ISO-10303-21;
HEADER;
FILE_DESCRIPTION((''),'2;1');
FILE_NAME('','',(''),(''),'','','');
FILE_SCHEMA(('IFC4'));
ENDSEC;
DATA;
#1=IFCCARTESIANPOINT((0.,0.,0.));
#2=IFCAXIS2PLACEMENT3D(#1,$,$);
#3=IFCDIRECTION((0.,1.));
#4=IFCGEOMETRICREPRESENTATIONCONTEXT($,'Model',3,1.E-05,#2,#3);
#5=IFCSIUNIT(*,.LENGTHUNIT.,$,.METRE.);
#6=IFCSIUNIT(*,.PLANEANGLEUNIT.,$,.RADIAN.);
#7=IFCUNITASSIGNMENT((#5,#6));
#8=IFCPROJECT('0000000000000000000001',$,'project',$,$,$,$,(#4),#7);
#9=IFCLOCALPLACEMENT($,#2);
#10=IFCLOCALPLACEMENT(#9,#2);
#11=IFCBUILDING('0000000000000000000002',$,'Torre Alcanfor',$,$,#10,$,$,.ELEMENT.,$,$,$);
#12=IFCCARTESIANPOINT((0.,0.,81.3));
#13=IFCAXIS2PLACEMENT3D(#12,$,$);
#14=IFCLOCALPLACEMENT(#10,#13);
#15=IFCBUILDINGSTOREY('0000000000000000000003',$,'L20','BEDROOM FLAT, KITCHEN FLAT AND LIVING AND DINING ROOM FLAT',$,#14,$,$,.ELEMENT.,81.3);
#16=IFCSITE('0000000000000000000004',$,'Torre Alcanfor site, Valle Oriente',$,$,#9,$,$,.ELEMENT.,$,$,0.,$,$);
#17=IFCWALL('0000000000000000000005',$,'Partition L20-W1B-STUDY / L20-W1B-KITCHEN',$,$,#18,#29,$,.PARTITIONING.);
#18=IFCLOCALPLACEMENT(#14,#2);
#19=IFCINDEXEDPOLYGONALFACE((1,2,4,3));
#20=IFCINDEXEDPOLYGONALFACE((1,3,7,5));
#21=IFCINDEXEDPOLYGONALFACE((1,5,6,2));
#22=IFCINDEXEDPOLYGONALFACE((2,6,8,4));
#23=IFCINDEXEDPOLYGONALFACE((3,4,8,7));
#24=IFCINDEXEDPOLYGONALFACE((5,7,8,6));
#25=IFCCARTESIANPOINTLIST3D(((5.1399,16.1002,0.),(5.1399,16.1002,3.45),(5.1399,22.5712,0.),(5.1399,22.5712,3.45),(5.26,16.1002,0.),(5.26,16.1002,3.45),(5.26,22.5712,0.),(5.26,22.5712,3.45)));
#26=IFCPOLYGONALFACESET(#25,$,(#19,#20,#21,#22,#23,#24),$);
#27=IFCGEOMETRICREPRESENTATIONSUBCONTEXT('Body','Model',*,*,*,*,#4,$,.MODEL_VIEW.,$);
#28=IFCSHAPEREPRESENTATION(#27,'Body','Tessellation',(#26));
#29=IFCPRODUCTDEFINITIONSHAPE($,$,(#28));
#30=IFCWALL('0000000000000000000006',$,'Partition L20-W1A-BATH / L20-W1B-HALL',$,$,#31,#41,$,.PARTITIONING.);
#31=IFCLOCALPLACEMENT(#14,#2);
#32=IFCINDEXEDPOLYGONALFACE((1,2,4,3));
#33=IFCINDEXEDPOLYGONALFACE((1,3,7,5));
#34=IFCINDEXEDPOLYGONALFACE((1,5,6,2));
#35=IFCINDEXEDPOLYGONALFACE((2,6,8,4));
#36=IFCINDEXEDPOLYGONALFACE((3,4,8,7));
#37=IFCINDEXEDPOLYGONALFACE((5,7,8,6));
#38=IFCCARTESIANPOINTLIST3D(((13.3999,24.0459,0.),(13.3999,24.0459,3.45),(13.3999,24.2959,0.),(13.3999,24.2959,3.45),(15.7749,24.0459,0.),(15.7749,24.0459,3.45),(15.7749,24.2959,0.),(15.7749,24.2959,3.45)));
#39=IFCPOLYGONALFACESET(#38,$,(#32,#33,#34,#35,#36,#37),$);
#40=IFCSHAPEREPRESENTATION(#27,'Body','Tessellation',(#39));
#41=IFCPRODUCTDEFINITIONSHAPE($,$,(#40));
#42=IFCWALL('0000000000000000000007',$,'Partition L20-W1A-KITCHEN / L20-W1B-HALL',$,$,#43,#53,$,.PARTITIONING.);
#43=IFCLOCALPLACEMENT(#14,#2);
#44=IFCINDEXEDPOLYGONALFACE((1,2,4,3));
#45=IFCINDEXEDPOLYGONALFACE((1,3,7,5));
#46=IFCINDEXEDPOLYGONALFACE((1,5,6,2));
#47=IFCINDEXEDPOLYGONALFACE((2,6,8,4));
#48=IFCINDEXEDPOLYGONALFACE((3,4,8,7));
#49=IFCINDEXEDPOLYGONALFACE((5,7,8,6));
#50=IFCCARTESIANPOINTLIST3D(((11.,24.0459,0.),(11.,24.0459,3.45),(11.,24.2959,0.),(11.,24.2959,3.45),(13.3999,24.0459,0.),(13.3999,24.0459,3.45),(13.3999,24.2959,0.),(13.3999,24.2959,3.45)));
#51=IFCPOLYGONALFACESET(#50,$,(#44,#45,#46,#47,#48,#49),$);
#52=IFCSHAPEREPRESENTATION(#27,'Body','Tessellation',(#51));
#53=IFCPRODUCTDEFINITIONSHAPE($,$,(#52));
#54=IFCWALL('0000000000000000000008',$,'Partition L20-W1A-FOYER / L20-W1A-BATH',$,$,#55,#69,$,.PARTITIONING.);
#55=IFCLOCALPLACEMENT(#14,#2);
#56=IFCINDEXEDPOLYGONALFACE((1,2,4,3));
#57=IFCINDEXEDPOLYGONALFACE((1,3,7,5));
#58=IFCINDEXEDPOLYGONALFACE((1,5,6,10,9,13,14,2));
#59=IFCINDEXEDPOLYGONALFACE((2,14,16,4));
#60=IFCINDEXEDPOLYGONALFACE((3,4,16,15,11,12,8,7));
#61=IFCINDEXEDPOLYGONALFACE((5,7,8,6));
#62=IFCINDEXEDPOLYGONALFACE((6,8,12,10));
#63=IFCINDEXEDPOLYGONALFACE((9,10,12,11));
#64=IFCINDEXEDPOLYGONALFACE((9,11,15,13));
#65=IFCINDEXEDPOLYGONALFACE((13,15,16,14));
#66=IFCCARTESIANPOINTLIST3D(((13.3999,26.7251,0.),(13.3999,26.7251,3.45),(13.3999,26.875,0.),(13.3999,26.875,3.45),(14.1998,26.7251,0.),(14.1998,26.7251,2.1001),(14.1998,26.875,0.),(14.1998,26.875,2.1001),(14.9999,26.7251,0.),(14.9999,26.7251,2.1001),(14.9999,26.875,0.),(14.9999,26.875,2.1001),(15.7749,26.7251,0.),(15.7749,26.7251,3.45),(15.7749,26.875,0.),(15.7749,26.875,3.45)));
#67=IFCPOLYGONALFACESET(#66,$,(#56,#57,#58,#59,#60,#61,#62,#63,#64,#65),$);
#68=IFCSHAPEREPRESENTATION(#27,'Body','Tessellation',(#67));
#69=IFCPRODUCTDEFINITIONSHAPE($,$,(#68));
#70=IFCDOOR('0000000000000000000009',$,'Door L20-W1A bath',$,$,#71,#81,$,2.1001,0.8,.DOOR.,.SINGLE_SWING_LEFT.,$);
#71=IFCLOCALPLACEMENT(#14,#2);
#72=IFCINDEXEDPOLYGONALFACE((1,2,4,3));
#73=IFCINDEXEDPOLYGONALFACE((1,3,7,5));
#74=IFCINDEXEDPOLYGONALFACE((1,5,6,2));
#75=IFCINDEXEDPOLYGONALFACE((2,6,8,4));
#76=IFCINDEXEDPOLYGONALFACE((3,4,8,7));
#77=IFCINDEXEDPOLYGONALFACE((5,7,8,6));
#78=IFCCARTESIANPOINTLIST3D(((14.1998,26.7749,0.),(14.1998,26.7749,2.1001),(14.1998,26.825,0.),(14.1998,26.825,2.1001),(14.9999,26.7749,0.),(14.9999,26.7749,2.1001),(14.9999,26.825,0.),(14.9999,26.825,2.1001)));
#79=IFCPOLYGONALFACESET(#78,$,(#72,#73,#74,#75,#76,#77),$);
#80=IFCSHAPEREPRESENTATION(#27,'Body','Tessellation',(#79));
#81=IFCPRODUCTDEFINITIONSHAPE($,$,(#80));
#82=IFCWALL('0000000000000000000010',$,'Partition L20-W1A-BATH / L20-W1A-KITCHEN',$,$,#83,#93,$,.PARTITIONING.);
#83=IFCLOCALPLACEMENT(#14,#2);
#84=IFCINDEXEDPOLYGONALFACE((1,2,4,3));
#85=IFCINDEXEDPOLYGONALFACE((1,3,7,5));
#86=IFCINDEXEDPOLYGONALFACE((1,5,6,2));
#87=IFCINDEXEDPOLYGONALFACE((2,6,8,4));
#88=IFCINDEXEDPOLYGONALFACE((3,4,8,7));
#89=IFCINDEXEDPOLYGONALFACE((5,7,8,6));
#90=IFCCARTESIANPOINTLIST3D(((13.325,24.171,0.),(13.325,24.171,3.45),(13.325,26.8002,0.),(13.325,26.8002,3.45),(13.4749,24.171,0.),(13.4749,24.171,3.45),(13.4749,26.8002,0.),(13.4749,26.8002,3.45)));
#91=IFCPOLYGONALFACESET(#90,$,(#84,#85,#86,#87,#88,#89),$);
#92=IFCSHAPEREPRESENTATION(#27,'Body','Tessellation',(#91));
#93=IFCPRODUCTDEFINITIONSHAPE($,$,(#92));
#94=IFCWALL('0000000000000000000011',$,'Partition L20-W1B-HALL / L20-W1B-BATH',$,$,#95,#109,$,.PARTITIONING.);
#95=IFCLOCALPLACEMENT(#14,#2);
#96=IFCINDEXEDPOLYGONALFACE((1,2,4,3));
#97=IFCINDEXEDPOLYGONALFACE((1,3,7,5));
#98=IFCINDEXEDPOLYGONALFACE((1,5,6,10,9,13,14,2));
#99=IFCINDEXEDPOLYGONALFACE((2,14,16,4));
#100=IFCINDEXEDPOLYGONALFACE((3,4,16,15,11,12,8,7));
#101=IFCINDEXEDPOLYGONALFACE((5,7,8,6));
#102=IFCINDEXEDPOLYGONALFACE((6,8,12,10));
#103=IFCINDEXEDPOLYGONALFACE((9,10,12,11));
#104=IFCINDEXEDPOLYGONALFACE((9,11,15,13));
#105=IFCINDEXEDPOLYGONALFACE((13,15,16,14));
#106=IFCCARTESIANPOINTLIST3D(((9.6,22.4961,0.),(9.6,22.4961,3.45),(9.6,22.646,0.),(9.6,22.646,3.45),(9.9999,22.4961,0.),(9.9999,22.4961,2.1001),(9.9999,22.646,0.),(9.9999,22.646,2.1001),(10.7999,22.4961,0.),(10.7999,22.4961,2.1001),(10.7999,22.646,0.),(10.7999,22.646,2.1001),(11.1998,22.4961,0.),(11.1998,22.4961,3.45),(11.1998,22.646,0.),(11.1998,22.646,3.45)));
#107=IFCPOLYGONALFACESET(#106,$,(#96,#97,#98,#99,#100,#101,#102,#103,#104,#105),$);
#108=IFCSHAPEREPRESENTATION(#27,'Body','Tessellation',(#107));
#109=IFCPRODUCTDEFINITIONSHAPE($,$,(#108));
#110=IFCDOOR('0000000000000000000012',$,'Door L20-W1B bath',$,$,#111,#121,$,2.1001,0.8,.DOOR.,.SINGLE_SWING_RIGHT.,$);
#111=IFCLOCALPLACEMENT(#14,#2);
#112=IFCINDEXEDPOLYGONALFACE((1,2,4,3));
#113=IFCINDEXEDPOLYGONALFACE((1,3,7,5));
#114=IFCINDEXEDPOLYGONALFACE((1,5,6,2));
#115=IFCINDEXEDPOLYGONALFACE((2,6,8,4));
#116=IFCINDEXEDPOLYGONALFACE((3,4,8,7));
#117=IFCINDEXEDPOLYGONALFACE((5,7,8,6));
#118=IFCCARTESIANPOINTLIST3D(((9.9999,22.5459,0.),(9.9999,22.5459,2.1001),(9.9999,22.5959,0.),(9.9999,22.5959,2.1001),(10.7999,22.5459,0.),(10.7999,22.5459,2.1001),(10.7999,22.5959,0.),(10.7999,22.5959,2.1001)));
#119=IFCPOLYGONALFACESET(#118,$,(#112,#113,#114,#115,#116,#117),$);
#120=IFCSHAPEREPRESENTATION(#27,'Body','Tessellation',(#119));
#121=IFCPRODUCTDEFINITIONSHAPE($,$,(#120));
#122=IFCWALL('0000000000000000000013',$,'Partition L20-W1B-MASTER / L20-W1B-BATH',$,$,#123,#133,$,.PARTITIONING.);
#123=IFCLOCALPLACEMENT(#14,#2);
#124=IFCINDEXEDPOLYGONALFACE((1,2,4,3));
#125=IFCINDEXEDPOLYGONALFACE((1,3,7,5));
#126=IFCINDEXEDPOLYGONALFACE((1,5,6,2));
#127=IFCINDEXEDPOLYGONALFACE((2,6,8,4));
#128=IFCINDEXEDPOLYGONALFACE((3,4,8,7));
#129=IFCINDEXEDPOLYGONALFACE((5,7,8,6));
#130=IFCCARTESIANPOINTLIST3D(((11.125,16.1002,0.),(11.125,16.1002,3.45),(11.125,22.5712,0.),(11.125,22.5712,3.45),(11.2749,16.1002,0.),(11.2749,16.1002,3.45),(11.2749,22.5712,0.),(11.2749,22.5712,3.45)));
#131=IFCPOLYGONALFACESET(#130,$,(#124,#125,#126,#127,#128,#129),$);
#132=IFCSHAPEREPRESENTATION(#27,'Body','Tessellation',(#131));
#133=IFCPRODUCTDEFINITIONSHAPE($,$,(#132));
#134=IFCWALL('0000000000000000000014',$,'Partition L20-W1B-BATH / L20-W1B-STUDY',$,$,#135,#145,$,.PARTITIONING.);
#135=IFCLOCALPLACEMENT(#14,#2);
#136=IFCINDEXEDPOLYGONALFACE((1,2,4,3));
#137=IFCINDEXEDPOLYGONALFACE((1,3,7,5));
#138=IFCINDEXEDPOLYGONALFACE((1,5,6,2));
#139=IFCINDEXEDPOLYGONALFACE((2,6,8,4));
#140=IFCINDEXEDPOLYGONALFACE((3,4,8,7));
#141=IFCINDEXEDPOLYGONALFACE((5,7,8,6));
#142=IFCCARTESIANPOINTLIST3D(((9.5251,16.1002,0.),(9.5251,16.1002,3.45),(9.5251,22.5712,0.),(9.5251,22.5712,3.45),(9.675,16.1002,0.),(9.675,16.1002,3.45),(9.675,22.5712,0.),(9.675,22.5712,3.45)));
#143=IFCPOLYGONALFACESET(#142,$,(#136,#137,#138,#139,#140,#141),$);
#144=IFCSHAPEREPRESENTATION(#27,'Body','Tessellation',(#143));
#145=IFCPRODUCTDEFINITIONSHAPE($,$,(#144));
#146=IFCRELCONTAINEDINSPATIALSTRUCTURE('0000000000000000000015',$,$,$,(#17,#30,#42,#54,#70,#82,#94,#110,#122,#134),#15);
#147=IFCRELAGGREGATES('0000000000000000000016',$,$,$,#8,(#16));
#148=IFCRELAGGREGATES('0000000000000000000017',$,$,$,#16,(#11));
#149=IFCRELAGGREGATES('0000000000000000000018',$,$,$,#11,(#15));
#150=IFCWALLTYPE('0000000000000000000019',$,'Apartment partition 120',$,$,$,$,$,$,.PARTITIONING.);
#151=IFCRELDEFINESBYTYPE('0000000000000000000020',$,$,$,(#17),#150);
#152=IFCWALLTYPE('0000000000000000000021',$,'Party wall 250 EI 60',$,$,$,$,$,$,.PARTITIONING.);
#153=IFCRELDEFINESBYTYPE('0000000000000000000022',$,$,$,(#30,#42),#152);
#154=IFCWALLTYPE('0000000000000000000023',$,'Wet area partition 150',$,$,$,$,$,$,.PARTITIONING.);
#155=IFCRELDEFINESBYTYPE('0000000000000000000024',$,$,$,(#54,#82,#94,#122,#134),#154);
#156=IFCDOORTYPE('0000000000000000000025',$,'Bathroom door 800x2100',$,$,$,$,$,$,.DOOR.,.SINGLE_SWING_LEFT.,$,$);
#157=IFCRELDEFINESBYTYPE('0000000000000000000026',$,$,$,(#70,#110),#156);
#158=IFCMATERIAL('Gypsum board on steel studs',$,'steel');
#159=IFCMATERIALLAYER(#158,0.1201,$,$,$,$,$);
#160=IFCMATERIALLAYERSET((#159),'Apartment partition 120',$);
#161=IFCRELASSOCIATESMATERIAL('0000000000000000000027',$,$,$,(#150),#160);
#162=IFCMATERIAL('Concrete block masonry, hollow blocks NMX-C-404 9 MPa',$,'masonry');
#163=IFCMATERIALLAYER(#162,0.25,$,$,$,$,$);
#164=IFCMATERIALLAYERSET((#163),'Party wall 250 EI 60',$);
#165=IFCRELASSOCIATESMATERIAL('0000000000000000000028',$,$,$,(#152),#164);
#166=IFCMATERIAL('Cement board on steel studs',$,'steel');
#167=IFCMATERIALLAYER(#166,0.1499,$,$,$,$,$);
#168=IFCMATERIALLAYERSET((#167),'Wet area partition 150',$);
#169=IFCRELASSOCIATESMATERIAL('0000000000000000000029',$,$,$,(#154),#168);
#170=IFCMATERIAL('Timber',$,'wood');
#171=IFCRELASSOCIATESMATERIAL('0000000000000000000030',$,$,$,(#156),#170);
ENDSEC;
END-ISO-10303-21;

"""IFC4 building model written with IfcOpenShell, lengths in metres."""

from ifc_helpers import new_model, si_unit, direction, frame, frame_2d, origin, place, context, subcontext, project, spatial, rectangle, extrude, material, layer, layer_set, type_object, element, fill, save


model = new_model("IFC4")

# Units and contexts
model_context = context("Model", 3, precision=1e-05, world=origin(), true_north=direction((0.0, 1.0)))
body_context = subcontext(model_context, "Body", "Model", "MODEL_VIEW")
ifc_project = project(units=[si_unit("LENGTHUNIT", "METRE"), si_unit("PLANEANGLEUNIT", "RADIAN")], contexts=[model_context])

# Site, building, storey
site_placement = place(None, origin())
site = spatial("IfcSite", under=ifc_project, at=site_placement, Name="Torre Alcanfor site, Valle Oriente", CompositionType="ELEMENT", RefElevation=0.0)
building_placement = place(site_placement, origin())
building = spatial("IfcBuilding", under=site, at=building_placement, Name="Torre Alcanfor", CompositionType="ELEMENT")
storey_placement = place(building_placement, frame((0.0, 0.0, 81.3)))
storey = spatial("IfcBuildingStorey", under=building, at=storey_placement, Name="L20", Description="BEDROOM FLAT, KITCHEN FLAT AND LIVING AND DINING ROOM FLAT", CompositionType="ELEMENT", Elevation=81.3)

# Shared definitions
ifc_material_1 = material(Name="Gypsum board on steel studs", Category="steel")
ifc_layer_1 = layer(ifc_material_1, 0.1201)
ifc_layer_set_1 = layer_set([ifc_layer_1], Name="Apartment partition 120")
wall_type_1 = type_object("IfcWallType", Name="Apartment partition 120", PredefinedType="PARTITIONING", material=ifc_layer_set_1)

# Walls
wall_1_placement = place(storey_placement, frame((5.2, 22.571, 0.0), z_axis=(0.0, 0.0, 1.0), x_axis=(0.0, -1.0, 0.0)))
element("IfcWall", 1, at=wall_1_placement, inside=storey, type_object=wall_type_1, Name="Partition L20-W1B-STUDY / L20-W1B-KITCHEN", PredefinedType="PARTITIONING", context=body_context, shape_type="SweptSolid", body=[
    extrude(rectangle(XDim=6.4709, YDim=0.1201, at=frame_2d((3.2354, 0.0))), origin(), (0.0, 0.0, 1.0), 3.45),
])
ifc_material_2 = material(Name="Concrete block masonry, hollow blocks NMX-C-404 9 MPa", Category="masonry")
ifc_layer_2 = layer(ifc_material_2, 0.25)
ifc_layer_set_2 = layer_set([ifc_layer_2], Name="Party wall 250 EI 60")
wall_type_2 = type_object("IfcWallType", Name="Party wall 250 EI 60", PredefinedType="PARTITIONING", material=ifc_layer_set_2)
wall_2_placement = place(storey_placement, frame((13.3999, 24.1709, 0.0), z_axis=(0.0, 0.0, 1.0), x_axis=(1.0, 0.0, 0.0)))
element("IfcWall", 2, at=wall_2_placement, inside=storey, type_object=wall_type_2, Name="Partition L20-W1A-BATH / L20-W1B-HALL", PredefinedType="PARTITIONING", context=body_context, shape_type="SweptSolid", body=[
    extrude(rectangle(XDim=2.375, YDim=0.25, at=frame_2d((1.1875, 0.0))), origin(), (0.0, 0.0, 1.0), 3.45),
])
wall_3_placement = place(storey_placement, frame((11.0, 24.1709, 0.0), z_axis=(0.0, 0.0, 1.0), x_axis=(1.0, 0.0, 0.0)))
element("IfcWall", 3, at=wall_3_placement, inside=storey, type_object=wall_type_2, Name="Partition L20-W1A-KITCHEN / L20-W1B-HALL", PredefinedType="PARTITIONING", context=body_context, shape_type="SweptSolid", body=[
    extrude(rectangle(XDim=2.3999, YDim=0.25, at=frame_2d((1.2, 0.0))), origin(), (0.0, 0.0, 1.0), 3.45),
])

# Wall, opening, door
ifc_material_3 = material(Name="Cement board on steel studs", Category="steel")
ifc_layer_3 = layer(ifc_material_3, 0.1499)
ifc_layer_set_3 = layer_set([ifc_layer_3], Name="Wet area partition 150")
wall_type_3 = type_object("IfcWallType", Name="Wet area partition 150", PredefinedType="PARTITIONING", material=ifc_layer_set_3)
wall_4_placement = place(storey_placement, frame((13.3999, 26.8, 0.0), z_axis=(0.0, 0.0, 1.0), x_axis=(1.0, 0.0, 0.0)))
wall_4 = element("IfcWall", 4, at=wall_4_placement, inside=storey, type_object=wall_type_3, Name="Partition L20-W1A-FOYER / L20-W1A-BATH", PredefinedType="PARTITIONING", context=body_context, shape_type="SweptSolid", body=[
    extrude(rectangle(XDim=2.375, YDim=0.1499, at=frame_2d((1.1875, 0.0))), origin(), (0.0, 0.0, 1.0), 3.45),
])
opening_1_placement = place(wall_4_placement, frame((0.8, 0.0, 0.0)))
opening_1 = element("IfcOpeningElement", 5, at=opening_1_placement, cuts=wall_4, PredefinedType="OPENING", context=body_context, shape_type="SweptSolid", body=[
    extrude(rectangle(XDim=0.8, YDim=2.1001, at=frame_2d((0.3999, 1.05))), frame((0.0, 0.085, 0.0), z_axis=(0.0, -1.0, 0.0), x_axis=(1.0, 0.0, 0.0)), (0.0, 0.0, 1.0), 0.1699),
])
ifc_material_4 = material(Name="Timber", Category="wood")
door_type_1 = type_object("IfcDoorType", Name="Bathroom door 800x2100", OperationType="SINGLE_SWING_LEFT", PredefinedType="DOOR", material=ifc_material_4)
door_1_placement = place(opening_1_placement, frame((0.8, 0.0, 0.0), z_axis=(0.0, 0.0, 1.0), x_axis=(-1.0, 0.0, 0.0)))
door_1 = element("IfcDoor", 6, at=door_1_placement, inside=storey, type_object=door_type_1, Name="Door L20-W1A bath", OperationType="SINGLE_SWING_LEFT", OverallHeight=2.1001, OverallWidth=0.8, PredefinedType="DOOR", context=body_context, shape_type="SweptSolid", body=[
    extrude(rectangle(XDim=0.8, YDim=2.1001, at=frame_2d((0.4001, 1.05))), frame((0.0, 0.0251, 0.0), z_axis=(0.0, -1.0, 0.0), x_axis=(1.0, 0.0, 0.0)), (0.0, 0.0, 1.0), 0.05),
])
fill(opening_1, door_1)

# Wall
wall_5_placement = place(storey_placement, frame((13.3999, 26.8, 0.0), z_axis=(0.0, 0.0, 1.0), x_axis=(0.0, -1.0, 0.0)))
element("IfcWall", 7, at=wall_5_placement, inside=storey, type_object=wall_type_3, Name="Partition L20-W1A-BATH / L20-W1A-KITCHEN", PredefinedType="PARTITIONING", context=body_context, shape_type="SweptSolid", body=[
    extrude(rectangle(XDim=2.6292, YDim=0.1499, at=frame_2d((1.3145, 0.0))), origin(), (0.0, 0.0, 1.0), 3.45),
])

# Wall, opening, door
wall_6_placement = place(storey_placement, frame((9.6001, 22.571, 0.0), z_axis=(0.0, 0.0, 1.0), x_axis=(1.0, 0.0, 0.0)))
wall_6 = element("IfcWall", 8, at=wall_6_placement, inside=storey, type_object=wall_type_3, Name="Partition L20-W1B-HALL / L20-W1B-BATH", PredefinedType="PARTITIONING", context=body_context, shape_type="SweptSolid", body=[
    extrude(rectangle(XDim=1.5999, YDim=0.1499, at=frame_2d((0.7998, 0.0))), origin(), (0.0, 0.0, 1.0), 3.45),
])
opening_2_placement = place(wall_6_placement, frame((0.3999, 0.0, 0.0)))
opening_2 = element("IfcOpeningElement", 9, at=opening_2_placement, cuts=wall_6, PredefinedType="OPENING", context=body_context, shape_type="SweptSolid", body=[
    extrude(rectangle(XDim=0.8, YDim=2.1001, at=frame_2d((0.3999, 1.05))), frame((0.0, 0.085, 0.0), z_axis=(0.0, -1.0, 0.0), x_axis=(1.0, 0.0, 0.0)), (0.0, 0.0, 1.0), 0.1699),
])
door_2_placement = place(opening_2_placement, frame((0.8, 0.0, 0.0), z_axis=(0.0, 0.0, 1.0), x_axis=(-1.0, 0.0, 0.0)))
door_2 = element("IfcDoor", 10, at=door_2_placement, inside=storey, type_object=door_type_1, Name="Door L20-W1B bath", OperationType="SINGLE_SWING_RIGHT", OverallHeight=2.1001, OverallWidth=0.8, PredefinedType="DOOR", context=body_context, shape_type="SweptSolid", body=[
    extrude(rectangle(XDim=0.8, YDim=2.1001, at=frame_2d((0.4001, 1.05))), frame((0.0, 0.0251, 0.0), z_axis=(0.0, -1.0, 0.0), x_axis=(1.0, 0.0, 0.0)), (0.0, 0.0, 1.0), 0.05),
])
fill(opening_2, door_2)

# Walls
for number, where, z_axis, x_axis, name in (
    (11, (11.2, 22.571, 0.0), (0.0, 0.0, 1.0), (0.0, -1.0, 0.0), "Partition L20-W1B-MASTER / L20-W1B-BATH"),
    (12, (9.6001, 22.571, 0.0), (0.0, 0.0, 1.0), (0.0, -1.0, 0.0), "Partition L20-W1B-BATH / L20-W1B-STUDY"),
):
    element("IfcWall", number, at=place(storey_placement, frame(where, z_axis=z_axis, x_axis=x_axis)), inside=storey, type_object=wall_type_3, Name=name, PredefinedType="PARTITIONING", context=body_context, shape_type="SweptSolid", body=[
        extrude(rectangle(XDim=6.4709, YDim=0.1499, at=frame_2d((3.2354, 0.0))), origin(), (0.0, 0.0, 1.0), 3.45),
    ])

save(model, "model.ifc")
